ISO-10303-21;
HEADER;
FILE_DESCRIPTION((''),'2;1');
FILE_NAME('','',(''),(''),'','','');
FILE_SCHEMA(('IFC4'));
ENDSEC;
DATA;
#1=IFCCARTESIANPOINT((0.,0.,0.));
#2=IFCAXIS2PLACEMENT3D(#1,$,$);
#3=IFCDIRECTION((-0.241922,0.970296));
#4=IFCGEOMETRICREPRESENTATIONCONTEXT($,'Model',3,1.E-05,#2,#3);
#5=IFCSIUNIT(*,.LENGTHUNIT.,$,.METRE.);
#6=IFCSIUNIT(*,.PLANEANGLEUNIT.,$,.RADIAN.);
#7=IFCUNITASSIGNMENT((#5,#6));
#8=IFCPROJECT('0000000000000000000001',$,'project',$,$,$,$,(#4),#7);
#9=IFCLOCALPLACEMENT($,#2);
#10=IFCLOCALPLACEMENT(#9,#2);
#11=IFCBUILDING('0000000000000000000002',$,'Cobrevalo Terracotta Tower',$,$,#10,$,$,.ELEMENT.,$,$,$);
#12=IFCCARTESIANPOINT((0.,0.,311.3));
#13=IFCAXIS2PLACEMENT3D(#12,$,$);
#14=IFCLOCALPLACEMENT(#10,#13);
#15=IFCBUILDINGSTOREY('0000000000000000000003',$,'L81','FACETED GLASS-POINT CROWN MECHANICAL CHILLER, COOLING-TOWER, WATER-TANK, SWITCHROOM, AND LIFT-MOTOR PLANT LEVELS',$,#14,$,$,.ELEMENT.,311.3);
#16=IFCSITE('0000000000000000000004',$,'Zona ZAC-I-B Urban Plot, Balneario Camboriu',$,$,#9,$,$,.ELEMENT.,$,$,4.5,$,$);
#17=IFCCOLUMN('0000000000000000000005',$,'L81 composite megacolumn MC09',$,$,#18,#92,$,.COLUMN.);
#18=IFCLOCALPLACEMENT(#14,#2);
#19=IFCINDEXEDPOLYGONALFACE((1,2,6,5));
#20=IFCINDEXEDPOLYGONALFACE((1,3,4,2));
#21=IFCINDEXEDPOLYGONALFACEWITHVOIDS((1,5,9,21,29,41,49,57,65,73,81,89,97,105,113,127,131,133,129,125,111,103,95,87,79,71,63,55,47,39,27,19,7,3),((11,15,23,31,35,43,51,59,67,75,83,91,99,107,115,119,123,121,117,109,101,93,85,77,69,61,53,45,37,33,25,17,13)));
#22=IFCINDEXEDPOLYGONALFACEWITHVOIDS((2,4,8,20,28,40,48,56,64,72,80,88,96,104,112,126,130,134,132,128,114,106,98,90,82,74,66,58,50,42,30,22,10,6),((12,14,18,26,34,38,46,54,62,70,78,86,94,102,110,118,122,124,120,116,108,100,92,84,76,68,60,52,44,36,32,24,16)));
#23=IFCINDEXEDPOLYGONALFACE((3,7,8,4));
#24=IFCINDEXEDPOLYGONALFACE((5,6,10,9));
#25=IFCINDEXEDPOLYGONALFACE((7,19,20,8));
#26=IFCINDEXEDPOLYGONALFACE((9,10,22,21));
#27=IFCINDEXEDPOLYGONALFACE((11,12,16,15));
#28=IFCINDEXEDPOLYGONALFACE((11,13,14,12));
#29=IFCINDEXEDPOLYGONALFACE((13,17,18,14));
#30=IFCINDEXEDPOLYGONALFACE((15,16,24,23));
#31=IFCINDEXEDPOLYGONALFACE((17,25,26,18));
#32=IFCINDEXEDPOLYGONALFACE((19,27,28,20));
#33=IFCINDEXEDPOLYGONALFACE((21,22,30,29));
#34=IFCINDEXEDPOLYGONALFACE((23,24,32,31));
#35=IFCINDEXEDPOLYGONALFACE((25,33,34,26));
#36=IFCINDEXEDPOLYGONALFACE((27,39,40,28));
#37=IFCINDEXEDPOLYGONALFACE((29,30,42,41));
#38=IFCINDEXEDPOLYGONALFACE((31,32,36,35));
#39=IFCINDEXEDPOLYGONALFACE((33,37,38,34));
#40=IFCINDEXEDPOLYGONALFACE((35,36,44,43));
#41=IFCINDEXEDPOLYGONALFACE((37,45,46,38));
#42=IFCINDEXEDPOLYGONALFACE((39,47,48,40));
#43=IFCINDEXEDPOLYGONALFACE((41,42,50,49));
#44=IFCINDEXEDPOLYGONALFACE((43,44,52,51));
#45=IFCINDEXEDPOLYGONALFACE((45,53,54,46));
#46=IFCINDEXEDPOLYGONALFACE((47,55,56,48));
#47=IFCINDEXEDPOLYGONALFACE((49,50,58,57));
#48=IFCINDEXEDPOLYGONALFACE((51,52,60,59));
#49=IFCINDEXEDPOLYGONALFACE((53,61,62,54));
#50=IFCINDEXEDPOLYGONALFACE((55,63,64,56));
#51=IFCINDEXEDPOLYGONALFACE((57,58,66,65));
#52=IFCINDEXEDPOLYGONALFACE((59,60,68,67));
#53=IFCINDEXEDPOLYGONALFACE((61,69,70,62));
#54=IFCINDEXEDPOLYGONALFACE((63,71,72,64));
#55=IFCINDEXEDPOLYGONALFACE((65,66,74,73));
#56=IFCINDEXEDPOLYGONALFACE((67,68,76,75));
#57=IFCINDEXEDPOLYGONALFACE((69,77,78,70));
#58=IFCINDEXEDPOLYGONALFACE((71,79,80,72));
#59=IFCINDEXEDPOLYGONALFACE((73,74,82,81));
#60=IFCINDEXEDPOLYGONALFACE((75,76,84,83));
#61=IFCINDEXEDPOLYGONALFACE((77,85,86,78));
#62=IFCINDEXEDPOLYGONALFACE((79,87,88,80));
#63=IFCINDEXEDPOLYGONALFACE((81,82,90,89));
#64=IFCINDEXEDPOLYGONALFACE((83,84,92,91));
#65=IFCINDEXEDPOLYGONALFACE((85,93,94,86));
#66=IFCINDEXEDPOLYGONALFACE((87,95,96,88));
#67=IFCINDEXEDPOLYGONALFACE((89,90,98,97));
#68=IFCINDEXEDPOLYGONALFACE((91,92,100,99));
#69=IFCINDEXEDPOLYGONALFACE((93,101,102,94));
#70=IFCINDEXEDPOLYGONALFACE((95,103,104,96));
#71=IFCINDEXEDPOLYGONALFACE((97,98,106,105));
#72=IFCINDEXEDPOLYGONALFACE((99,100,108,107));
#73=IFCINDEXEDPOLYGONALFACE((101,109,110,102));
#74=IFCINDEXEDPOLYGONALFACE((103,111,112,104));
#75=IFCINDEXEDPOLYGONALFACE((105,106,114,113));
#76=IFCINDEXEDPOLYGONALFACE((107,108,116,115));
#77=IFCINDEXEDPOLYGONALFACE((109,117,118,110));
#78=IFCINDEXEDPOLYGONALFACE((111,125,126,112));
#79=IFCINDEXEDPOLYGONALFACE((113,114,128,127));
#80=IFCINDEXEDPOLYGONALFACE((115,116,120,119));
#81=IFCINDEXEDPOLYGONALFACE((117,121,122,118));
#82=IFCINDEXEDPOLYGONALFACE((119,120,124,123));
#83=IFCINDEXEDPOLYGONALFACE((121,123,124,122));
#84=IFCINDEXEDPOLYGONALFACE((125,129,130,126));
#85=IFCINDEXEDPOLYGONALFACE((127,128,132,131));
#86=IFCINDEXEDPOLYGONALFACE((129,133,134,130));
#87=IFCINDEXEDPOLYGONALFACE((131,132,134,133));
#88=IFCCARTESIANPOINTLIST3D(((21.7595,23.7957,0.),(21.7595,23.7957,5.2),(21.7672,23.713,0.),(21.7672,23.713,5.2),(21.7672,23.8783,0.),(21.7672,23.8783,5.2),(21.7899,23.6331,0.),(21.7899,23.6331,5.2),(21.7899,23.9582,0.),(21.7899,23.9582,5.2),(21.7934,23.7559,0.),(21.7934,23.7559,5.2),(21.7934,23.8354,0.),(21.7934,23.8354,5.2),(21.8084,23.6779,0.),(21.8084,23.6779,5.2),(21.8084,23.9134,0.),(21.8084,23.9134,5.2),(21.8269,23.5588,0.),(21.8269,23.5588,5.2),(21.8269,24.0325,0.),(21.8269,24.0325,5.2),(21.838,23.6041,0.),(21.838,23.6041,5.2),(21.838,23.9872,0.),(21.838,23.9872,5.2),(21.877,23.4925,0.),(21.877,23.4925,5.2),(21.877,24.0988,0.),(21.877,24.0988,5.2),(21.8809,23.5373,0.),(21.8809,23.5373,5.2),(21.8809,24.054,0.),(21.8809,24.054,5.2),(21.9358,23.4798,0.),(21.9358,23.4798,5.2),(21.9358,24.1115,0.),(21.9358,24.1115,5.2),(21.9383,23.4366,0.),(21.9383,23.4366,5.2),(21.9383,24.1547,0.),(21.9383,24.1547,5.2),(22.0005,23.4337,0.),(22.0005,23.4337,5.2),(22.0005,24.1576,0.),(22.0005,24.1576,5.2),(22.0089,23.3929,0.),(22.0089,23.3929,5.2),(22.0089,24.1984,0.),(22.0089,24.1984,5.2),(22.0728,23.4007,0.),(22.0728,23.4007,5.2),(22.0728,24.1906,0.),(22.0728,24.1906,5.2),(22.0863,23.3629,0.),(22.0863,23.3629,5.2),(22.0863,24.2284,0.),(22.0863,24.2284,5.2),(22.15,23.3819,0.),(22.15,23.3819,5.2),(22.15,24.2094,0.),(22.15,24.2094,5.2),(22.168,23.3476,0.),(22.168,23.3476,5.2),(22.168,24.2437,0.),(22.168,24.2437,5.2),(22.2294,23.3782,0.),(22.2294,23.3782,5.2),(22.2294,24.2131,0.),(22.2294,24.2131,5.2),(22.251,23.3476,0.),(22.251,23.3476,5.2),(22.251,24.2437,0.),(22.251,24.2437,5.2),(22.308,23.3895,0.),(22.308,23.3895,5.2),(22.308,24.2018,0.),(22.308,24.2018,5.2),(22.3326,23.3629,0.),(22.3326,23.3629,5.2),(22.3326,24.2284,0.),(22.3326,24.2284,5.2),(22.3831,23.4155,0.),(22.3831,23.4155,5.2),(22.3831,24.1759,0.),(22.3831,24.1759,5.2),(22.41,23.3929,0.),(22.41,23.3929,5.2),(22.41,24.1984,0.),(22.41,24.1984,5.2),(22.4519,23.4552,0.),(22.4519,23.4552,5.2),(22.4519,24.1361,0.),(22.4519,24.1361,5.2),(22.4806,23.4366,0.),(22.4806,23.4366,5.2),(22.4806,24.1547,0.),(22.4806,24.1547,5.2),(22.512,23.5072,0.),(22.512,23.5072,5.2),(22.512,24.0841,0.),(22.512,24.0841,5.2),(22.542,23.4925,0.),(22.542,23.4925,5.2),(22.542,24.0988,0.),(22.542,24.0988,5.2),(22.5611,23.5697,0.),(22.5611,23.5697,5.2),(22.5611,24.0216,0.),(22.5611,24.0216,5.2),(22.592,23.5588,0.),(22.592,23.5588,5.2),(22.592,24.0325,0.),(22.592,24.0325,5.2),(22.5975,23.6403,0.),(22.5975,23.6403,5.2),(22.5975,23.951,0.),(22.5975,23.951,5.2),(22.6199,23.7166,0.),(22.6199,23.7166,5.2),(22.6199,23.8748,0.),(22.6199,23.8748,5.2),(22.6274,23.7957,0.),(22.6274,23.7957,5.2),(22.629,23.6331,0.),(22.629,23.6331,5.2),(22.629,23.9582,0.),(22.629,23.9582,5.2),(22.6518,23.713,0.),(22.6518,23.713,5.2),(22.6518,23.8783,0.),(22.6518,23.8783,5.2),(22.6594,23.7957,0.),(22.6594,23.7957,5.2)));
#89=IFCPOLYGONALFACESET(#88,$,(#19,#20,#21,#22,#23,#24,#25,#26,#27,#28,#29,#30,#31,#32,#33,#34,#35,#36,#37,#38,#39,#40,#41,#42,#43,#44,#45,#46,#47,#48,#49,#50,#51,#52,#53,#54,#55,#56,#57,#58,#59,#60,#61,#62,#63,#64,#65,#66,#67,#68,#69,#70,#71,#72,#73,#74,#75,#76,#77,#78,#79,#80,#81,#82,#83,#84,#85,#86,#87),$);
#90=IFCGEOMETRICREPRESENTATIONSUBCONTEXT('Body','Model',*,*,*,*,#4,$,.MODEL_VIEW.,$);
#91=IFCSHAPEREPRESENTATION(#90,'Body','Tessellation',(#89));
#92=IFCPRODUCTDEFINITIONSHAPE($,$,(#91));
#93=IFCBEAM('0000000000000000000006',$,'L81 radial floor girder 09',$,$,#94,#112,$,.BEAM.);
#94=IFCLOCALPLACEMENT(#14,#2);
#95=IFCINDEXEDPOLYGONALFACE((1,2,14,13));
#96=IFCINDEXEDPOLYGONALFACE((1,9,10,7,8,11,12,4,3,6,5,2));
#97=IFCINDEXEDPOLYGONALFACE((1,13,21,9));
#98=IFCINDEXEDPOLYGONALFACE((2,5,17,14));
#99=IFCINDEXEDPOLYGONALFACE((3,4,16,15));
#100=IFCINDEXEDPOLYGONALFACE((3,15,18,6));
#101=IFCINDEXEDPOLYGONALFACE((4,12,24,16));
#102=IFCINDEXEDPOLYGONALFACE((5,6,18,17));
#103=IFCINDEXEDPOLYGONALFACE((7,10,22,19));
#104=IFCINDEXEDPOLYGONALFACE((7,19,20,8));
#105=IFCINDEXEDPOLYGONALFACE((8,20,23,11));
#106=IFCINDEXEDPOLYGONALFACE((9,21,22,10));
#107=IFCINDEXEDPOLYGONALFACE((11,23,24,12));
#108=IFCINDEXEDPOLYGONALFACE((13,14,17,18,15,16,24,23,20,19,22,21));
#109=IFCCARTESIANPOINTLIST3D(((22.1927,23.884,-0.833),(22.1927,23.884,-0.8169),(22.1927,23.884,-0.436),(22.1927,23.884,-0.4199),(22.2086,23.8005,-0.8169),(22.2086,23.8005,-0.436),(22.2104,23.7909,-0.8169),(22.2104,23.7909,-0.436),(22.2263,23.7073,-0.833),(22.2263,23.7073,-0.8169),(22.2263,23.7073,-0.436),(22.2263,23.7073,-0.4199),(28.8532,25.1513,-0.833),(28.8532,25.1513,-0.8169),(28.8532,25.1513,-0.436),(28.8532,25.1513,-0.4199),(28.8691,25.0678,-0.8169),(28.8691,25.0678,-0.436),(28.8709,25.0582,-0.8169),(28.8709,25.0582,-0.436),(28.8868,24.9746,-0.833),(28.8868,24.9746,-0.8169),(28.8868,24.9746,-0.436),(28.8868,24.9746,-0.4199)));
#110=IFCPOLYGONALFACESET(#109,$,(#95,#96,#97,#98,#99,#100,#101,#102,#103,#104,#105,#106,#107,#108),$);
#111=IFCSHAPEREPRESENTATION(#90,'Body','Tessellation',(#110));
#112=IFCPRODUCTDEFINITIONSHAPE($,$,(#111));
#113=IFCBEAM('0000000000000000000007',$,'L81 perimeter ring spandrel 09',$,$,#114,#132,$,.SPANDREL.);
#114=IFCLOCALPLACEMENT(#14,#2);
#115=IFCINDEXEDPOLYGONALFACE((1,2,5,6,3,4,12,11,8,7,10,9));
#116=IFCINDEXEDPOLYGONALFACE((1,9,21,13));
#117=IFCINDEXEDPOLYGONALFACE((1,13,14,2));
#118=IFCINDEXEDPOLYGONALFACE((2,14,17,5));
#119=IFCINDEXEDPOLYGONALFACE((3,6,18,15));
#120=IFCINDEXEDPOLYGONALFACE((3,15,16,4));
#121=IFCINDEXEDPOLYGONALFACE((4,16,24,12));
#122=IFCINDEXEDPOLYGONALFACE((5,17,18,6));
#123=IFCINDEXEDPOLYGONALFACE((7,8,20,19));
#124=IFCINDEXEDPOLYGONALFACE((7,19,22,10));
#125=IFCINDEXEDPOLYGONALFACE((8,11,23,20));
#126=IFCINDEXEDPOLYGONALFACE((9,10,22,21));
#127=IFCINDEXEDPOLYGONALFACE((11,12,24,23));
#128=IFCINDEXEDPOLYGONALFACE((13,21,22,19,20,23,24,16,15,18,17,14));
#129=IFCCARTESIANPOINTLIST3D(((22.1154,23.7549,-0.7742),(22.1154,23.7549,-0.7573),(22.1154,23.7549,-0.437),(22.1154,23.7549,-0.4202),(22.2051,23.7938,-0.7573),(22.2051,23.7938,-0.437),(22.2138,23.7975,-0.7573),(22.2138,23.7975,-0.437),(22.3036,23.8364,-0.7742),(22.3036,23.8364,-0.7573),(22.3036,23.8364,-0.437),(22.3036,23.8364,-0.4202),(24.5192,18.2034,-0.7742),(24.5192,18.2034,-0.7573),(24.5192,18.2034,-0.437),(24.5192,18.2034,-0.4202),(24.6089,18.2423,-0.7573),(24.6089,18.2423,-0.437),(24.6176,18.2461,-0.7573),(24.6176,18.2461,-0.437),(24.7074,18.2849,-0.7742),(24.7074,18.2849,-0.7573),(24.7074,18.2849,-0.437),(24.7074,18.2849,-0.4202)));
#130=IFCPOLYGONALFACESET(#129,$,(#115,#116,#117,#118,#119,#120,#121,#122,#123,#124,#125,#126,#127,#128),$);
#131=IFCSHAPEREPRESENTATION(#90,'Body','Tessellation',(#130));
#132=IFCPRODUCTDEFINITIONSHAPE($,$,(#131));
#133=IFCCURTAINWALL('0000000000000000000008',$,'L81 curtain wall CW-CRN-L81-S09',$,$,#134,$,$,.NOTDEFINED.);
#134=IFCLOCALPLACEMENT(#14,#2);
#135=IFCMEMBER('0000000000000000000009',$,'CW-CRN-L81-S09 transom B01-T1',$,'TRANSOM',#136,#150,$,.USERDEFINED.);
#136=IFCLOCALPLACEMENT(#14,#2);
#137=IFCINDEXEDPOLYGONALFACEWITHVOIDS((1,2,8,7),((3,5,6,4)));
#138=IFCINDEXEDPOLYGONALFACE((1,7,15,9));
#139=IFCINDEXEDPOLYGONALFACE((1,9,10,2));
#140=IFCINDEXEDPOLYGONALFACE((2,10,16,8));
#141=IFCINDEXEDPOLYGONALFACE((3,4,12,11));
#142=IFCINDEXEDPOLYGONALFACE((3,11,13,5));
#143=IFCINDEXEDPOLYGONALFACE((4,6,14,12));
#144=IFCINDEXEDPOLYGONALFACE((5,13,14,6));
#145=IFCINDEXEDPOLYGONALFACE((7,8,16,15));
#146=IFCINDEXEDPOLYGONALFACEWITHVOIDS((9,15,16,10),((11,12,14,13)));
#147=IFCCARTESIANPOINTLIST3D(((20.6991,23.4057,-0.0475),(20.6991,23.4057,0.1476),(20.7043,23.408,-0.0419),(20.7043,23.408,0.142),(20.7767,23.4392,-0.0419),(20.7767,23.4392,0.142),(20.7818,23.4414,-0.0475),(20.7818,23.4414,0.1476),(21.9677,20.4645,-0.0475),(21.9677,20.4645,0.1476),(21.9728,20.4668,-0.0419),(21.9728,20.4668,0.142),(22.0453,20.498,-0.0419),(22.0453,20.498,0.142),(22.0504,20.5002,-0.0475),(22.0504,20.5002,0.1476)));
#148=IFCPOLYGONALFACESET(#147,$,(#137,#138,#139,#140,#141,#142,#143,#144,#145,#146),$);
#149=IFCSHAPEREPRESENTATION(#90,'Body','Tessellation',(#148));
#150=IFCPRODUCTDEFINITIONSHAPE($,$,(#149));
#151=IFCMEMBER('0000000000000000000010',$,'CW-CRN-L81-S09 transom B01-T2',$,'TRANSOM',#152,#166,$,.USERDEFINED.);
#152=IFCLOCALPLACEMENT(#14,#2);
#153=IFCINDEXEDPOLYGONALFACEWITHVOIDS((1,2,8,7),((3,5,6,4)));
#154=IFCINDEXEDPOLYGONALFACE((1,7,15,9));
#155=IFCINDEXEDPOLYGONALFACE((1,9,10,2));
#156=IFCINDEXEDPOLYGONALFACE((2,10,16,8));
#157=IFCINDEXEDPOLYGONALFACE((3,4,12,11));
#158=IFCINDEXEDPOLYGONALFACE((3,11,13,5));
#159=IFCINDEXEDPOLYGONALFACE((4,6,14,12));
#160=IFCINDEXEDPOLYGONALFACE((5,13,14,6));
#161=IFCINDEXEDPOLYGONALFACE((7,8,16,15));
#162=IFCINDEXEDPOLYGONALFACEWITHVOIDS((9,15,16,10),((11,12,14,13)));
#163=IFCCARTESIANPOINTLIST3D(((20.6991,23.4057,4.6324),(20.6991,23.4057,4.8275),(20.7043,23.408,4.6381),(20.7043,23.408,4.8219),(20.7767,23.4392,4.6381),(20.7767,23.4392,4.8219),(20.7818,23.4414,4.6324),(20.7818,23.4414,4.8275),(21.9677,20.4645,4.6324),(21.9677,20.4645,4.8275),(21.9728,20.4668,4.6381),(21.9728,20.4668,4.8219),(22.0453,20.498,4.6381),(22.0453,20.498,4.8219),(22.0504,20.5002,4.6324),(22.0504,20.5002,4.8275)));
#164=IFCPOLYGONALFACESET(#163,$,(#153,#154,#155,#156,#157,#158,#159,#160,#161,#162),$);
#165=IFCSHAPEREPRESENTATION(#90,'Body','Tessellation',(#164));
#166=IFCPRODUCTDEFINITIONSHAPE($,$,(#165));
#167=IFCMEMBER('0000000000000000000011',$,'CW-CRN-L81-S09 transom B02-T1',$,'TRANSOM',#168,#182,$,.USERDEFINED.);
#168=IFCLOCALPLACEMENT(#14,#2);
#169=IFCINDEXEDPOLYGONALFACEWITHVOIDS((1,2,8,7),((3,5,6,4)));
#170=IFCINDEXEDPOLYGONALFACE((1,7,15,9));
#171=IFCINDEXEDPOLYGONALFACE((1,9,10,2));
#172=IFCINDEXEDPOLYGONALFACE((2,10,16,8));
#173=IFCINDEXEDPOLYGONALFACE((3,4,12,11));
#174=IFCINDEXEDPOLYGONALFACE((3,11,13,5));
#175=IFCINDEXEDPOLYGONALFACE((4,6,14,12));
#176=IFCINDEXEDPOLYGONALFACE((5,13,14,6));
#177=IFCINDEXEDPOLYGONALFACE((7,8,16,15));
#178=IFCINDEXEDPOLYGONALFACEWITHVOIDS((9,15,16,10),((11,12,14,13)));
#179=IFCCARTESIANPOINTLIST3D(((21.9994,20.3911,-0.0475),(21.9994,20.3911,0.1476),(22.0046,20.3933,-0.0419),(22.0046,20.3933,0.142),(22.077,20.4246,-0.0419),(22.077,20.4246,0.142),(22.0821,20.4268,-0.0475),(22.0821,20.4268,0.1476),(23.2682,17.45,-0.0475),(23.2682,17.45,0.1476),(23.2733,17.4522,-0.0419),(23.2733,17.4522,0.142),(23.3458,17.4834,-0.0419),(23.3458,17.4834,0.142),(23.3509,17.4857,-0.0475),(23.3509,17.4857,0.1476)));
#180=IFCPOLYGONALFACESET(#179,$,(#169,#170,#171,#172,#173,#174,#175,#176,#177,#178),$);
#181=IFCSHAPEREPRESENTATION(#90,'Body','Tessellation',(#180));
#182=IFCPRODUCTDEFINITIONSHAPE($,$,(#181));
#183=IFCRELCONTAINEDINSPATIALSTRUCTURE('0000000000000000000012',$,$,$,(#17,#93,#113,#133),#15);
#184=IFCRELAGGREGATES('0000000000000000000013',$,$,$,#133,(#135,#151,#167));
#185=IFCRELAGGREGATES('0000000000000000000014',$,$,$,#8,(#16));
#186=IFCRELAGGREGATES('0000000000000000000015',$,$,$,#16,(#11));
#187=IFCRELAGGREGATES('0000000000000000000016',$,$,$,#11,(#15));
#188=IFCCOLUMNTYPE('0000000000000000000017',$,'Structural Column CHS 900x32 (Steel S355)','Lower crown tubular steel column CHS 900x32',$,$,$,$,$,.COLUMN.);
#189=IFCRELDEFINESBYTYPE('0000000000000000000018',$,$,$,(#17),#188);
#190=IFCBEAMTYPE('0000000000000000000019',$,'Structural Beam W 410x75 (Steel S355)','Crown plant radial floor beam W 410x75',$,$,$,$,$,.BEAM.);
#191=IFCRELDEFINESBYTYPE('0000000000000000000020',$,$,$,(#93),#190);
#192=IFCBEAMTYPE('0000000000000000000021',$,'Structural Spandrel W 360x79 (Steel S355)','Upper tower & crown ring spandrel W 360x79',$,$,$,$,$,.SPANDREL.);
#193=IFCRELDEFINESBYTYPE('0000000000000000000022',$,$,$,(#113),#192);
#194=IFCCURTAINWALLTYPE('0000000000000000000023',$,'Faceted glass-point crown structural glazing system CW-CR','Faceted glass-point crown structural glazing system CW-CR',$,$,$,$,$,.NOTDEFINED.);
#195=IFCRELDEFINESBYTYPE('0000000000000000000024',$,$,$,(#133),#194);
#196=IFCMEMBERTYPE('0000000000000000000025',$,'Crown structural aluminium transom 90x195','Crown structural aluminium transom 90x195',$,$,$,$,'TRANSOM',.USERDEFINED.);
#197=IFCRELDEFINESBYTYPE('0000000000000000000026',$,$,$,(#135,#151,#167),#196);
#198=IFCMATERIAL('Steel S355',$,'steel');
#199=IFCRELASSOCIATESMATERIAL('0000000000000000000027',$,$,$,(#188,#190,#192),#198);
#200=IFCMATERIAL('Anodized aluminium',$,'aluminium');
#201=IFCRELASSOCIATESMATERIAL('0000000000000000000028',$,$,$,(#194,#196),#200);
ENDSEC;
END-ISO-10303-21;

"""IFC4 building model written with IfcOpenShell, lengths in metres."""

from ifc_helpers import new_model, si_unit, direction, frame, origin, origin_2d, place, context, subcontext, project, spatial, hollow_rectangle, hollow_circle, i_section, extrude, source, transform, mapped, material, material_profile, profile_set, type_object, element, aggregate, save


model = new_model("IFC4")

# Units and contexts
model_context = context("Model", 3, precision=1e-05, world=origin(), true_north=direction((-0.241922, 0.970296)))
body_context = subcontext(model_context, "Body", "Model", "MODEL_VIEW")
ifc_project = project(units=[si_unit("LENGTHUNIT", "METRE"), si_unit("PLANEANGLEUNIT", "RADIAN")], contexts=[model_context])

# Site, building, storey
site_placement = place(None, origin())
site = spatial("IfcSite", under=ifc_project, at=site_placement, Name="Zona ZAC-I-B Urban Plot, Balneario Camboriu", CompositionType="ELEMENT", RefElevation=4.5)
building_placement = place(site_placement, origin())
building = spatial("IfcBuilding", under=site, at=building_placement, Name="Cobrevalo Terracotta Tower", CompositionType="ELEMENT")
storey_placement = place(building_placement, frame((0.0, 0.0, 311.3)))
storey = spatial("IfcBuildingStorey", under=building, at=storey_placement, Name="L81", Description="FACETED GLASS-POINT CROWN MECHANICAL CHILLER, COOLING-TOWER, WATER-TANK, SWITCHROOM, AND LIFT-MOTOR PLANT LEVELS", CompositionType="ELEMENT", Elevation=311.3)

# Column
ifc_material_1 = material(Name="Steel S355", Category="steel")
ifc_material_profile_1 = material_profile(ifc_material_1, hollow_circle(Radius=0.45, WallThickness=0.032, at=origin_2d()), Name="CHS 900x32")
ifc_profile_set_1 = profile_set([ifc_material_profile_1], Name="Steel S355")
column_type = type_object("IfcColumnType", Name="Structural Column CHS 900x32 (Steel S355)", Description="Lower crown tubular steel column CHS 900x32", PredefinedType="COLUMN", material=ifc_profile_set_1)
column_placement = place(storey_placement, frame((22.2095, 23.7957, 0.0), z_axis=(0.0, 0.0, 1.0), x_axis=(1.0, 0.0, 0.0)))
element("IfcColumn", 1, at=column_placement, inside=storey, type_object=column_type, Name="L81 composite megacolumn MC09", PredefinedType="COLUMN", context=body_context, shape_type="SweptSolid", body=[
    extrude(hollow_circle(Radius=0.45, WallThickness=0.032, at=origin_2d()), origin(), (0.0, 0.0, 1.0), 5.2),
])

# Beams
ifc_material_profile_2 = material_profile(ifc_material_1, i_section(OverallWidth=0.1799, OverallDepth=0.4131, WebThickness=0.0098, FlangeThickness=0.0161, at=origin_2d()), Name="W 410x75")
ifc_profile_set_2 = profile_set([ifc_material_profile_2], Name="Steel S355")
beam_type_1 = type_object("IfcBeamType", Name="Structural Beam W 410x75 (Steel S355)", Description="Crown plant radial floor beam W 410x75", PredefinedType="BEAM", material=ifc_profile_set_2)
beam_1_placement = place(storey_placement, frame((22.2095, 23.7957, -0.6265), z_axis=(0.982375, 0.186919, 0.0), x_axis=(-0.186919, 0.982375, 0.0)))
element("IfcBeam", 2, at=beam_1_placement, inside=storey, type_object=beam_type_1, Name="L81 radial floor girder 09", PredefinedType="BEAM", context=body_context, shape_type="SweptSolid", body=[
    extrude(i_section(OverallWidth=0.1799, OverallDepth=0.4131, WebThickness=0.0098, FlangeThickness=0.0161, at=origin_2d()), origin(), (0.0, 0.0, 1.0), 6.78),
])
ifc_material_profile_3 = material_profile(ifc_material_1, i_section(OverallWidth=0.2051, OverallDepth=0.354, WebThickness=0.0095, FlangeThickness=0.0168, at=origin_2d()), Name="W 360x79")
ifc_profile_set_3 = profile_set([ifc_material_profile_3], Name="Steel S355")
beam_type_2 = type_object("IfcBeamType", Name="Structural Spandrel W 360x79 (Steel S355)", Description="Upper tower & crown ring spandrel W 360x79", PredefinedType="SPANDREL", material=ifc_profile_set_3)
beam_2_placement = place(storey_placement, frame((22.2095, 23.7957, -0.5972), z_axis=(0.39735, -0.917667, 0.0), x_axis=(0.917667, 0.39735, 0.0)))
element("IfcBeam", 3, at=beam_2_placement, inside=storey, type_object=beam_type_2, Name="L81 perimeter ring spandrel 09", PredefinedType="SPANDREL", context=body_context, shape_type="SweptSolid", body=[
    extrude(i_section(OverallWidth=0.2051, OverallDepth=0.354, WebThickness=0.0095, FlangeThickness=0.0168, at=origin_2d()), origin(), (0.0, 0.0, 1.0), 6.0496),
])

# Curtain wall, members
ifc_material_2 = material(Name="Anodized aluminium", Category="aluminium")
curtain_wall_type = type_object("IfcCurtainWallType", Name="Faceted glass-point crown structural glazing system CW-CR", Description="Faceted glass-point crown structural glazing system CW-CR", PredefinedType="NOTDEFINED", material=ifc_material_2)
curtain_wall_1_placement = place(storey_placement, origin())
curtain_wall_1 = element("IfcCurtainWall", 4, at=curtain_wall_1_placement, inside=storey, type_object=curtain_wall_type, Name="L81 curtain wall CW-CRN-L81-S09", PredefinedType="NOTDEFINED")
ifc_material_profile_4 = material_profile(ifc_material_2, hollow_rectangle(XDim=0.0901, YDim=0.1951, WallThickness=0.0056, at=origin_2d()), Name="CWT 90x195")
ifc_profile_set_4 = profile_set([ifc_material_profile_4], Name="Anodized aluminium")
member_type_1 = type_object("IfcMemberType", Name="Crown structural aluminium transom 90x195", Description="Crown structural aluminium transom 90x195", ElementType="TRANSOM", PredefinedType="USERDEFINED", material=ifc_profile_set_4)
shared_shape_1 = source(origin(), body_context, "Body", "SweptSolid", [
    extrude(hollow_rectangle(XDim=0.0901, YDim=0.1951, WallThickness=0.0056, at=origin_2d()), origin(), (0.0, 0.0, 1.0), 3.2031),
])
member_1_placement = place(storey_placement, frame((20.7405, 23.4236, 0.05), z_axis=(0.396043, -0.918232, 0.0), x_axis=(0.918232, 0.396043, 0.0)))
member_1 = element("IfcMember", 5, at=member_1_placement, type_object=member_type_1, Name="CW-CRN-L81-S09 transom B01-T1", ObjectType="TRANSOM", PredefinedType="USERDEFINED", context=body_context, shape_type="MappedRepresentation", body=[
    mapped(shared_shape_1, transform((0.0, 0.0, 0.0), scale=1.0)),
])
member_2_placement = place(storey_placement, frame((20.7405, 23.4236, 4.73), z_axis=(0.396043, -0.918232, 0.0), x_axis=(0.918232, 0.396043, 0.0)))
member_2 = element("IfcMember", 6, at=member_2_placement, type_object=member_type_1, Name="CW-CRN-L81-S09 transom B01-T2", ObjectType="TRANSOM", PredefinedType="USERDEFINED", context=body_context, shape_type="MappedRepresentation", body=[
    mapped(shared_shape_1, transform((0.0, 0.0, 0.0), scale=1.0)),
])
member_3_placement = place(storey_placement, frame((22.0408, 20.4089, 0.05), z_axis=(0.396107, -0.918204, 0.0), x_axis=(0.918204, 0.396107, 0.0)))
member_3 = element("IfcMember", 7, at=member_3_placement, type_object=member_type_1, Name="CW-CRN-L81-S09 transom B02-T1", ObjectType="TRANSOM", PredefinedType="USERDEFINED", context=body_context, shape_type="MappedRepresentation", body=[
    mapped(shared_shape_1, transform((0.0, 0.0, 0.0), scale=1.0)),
])

aggregate(curtain_wall_1, [member_1, member_2, member_3])

save(model, "model.ifc")
